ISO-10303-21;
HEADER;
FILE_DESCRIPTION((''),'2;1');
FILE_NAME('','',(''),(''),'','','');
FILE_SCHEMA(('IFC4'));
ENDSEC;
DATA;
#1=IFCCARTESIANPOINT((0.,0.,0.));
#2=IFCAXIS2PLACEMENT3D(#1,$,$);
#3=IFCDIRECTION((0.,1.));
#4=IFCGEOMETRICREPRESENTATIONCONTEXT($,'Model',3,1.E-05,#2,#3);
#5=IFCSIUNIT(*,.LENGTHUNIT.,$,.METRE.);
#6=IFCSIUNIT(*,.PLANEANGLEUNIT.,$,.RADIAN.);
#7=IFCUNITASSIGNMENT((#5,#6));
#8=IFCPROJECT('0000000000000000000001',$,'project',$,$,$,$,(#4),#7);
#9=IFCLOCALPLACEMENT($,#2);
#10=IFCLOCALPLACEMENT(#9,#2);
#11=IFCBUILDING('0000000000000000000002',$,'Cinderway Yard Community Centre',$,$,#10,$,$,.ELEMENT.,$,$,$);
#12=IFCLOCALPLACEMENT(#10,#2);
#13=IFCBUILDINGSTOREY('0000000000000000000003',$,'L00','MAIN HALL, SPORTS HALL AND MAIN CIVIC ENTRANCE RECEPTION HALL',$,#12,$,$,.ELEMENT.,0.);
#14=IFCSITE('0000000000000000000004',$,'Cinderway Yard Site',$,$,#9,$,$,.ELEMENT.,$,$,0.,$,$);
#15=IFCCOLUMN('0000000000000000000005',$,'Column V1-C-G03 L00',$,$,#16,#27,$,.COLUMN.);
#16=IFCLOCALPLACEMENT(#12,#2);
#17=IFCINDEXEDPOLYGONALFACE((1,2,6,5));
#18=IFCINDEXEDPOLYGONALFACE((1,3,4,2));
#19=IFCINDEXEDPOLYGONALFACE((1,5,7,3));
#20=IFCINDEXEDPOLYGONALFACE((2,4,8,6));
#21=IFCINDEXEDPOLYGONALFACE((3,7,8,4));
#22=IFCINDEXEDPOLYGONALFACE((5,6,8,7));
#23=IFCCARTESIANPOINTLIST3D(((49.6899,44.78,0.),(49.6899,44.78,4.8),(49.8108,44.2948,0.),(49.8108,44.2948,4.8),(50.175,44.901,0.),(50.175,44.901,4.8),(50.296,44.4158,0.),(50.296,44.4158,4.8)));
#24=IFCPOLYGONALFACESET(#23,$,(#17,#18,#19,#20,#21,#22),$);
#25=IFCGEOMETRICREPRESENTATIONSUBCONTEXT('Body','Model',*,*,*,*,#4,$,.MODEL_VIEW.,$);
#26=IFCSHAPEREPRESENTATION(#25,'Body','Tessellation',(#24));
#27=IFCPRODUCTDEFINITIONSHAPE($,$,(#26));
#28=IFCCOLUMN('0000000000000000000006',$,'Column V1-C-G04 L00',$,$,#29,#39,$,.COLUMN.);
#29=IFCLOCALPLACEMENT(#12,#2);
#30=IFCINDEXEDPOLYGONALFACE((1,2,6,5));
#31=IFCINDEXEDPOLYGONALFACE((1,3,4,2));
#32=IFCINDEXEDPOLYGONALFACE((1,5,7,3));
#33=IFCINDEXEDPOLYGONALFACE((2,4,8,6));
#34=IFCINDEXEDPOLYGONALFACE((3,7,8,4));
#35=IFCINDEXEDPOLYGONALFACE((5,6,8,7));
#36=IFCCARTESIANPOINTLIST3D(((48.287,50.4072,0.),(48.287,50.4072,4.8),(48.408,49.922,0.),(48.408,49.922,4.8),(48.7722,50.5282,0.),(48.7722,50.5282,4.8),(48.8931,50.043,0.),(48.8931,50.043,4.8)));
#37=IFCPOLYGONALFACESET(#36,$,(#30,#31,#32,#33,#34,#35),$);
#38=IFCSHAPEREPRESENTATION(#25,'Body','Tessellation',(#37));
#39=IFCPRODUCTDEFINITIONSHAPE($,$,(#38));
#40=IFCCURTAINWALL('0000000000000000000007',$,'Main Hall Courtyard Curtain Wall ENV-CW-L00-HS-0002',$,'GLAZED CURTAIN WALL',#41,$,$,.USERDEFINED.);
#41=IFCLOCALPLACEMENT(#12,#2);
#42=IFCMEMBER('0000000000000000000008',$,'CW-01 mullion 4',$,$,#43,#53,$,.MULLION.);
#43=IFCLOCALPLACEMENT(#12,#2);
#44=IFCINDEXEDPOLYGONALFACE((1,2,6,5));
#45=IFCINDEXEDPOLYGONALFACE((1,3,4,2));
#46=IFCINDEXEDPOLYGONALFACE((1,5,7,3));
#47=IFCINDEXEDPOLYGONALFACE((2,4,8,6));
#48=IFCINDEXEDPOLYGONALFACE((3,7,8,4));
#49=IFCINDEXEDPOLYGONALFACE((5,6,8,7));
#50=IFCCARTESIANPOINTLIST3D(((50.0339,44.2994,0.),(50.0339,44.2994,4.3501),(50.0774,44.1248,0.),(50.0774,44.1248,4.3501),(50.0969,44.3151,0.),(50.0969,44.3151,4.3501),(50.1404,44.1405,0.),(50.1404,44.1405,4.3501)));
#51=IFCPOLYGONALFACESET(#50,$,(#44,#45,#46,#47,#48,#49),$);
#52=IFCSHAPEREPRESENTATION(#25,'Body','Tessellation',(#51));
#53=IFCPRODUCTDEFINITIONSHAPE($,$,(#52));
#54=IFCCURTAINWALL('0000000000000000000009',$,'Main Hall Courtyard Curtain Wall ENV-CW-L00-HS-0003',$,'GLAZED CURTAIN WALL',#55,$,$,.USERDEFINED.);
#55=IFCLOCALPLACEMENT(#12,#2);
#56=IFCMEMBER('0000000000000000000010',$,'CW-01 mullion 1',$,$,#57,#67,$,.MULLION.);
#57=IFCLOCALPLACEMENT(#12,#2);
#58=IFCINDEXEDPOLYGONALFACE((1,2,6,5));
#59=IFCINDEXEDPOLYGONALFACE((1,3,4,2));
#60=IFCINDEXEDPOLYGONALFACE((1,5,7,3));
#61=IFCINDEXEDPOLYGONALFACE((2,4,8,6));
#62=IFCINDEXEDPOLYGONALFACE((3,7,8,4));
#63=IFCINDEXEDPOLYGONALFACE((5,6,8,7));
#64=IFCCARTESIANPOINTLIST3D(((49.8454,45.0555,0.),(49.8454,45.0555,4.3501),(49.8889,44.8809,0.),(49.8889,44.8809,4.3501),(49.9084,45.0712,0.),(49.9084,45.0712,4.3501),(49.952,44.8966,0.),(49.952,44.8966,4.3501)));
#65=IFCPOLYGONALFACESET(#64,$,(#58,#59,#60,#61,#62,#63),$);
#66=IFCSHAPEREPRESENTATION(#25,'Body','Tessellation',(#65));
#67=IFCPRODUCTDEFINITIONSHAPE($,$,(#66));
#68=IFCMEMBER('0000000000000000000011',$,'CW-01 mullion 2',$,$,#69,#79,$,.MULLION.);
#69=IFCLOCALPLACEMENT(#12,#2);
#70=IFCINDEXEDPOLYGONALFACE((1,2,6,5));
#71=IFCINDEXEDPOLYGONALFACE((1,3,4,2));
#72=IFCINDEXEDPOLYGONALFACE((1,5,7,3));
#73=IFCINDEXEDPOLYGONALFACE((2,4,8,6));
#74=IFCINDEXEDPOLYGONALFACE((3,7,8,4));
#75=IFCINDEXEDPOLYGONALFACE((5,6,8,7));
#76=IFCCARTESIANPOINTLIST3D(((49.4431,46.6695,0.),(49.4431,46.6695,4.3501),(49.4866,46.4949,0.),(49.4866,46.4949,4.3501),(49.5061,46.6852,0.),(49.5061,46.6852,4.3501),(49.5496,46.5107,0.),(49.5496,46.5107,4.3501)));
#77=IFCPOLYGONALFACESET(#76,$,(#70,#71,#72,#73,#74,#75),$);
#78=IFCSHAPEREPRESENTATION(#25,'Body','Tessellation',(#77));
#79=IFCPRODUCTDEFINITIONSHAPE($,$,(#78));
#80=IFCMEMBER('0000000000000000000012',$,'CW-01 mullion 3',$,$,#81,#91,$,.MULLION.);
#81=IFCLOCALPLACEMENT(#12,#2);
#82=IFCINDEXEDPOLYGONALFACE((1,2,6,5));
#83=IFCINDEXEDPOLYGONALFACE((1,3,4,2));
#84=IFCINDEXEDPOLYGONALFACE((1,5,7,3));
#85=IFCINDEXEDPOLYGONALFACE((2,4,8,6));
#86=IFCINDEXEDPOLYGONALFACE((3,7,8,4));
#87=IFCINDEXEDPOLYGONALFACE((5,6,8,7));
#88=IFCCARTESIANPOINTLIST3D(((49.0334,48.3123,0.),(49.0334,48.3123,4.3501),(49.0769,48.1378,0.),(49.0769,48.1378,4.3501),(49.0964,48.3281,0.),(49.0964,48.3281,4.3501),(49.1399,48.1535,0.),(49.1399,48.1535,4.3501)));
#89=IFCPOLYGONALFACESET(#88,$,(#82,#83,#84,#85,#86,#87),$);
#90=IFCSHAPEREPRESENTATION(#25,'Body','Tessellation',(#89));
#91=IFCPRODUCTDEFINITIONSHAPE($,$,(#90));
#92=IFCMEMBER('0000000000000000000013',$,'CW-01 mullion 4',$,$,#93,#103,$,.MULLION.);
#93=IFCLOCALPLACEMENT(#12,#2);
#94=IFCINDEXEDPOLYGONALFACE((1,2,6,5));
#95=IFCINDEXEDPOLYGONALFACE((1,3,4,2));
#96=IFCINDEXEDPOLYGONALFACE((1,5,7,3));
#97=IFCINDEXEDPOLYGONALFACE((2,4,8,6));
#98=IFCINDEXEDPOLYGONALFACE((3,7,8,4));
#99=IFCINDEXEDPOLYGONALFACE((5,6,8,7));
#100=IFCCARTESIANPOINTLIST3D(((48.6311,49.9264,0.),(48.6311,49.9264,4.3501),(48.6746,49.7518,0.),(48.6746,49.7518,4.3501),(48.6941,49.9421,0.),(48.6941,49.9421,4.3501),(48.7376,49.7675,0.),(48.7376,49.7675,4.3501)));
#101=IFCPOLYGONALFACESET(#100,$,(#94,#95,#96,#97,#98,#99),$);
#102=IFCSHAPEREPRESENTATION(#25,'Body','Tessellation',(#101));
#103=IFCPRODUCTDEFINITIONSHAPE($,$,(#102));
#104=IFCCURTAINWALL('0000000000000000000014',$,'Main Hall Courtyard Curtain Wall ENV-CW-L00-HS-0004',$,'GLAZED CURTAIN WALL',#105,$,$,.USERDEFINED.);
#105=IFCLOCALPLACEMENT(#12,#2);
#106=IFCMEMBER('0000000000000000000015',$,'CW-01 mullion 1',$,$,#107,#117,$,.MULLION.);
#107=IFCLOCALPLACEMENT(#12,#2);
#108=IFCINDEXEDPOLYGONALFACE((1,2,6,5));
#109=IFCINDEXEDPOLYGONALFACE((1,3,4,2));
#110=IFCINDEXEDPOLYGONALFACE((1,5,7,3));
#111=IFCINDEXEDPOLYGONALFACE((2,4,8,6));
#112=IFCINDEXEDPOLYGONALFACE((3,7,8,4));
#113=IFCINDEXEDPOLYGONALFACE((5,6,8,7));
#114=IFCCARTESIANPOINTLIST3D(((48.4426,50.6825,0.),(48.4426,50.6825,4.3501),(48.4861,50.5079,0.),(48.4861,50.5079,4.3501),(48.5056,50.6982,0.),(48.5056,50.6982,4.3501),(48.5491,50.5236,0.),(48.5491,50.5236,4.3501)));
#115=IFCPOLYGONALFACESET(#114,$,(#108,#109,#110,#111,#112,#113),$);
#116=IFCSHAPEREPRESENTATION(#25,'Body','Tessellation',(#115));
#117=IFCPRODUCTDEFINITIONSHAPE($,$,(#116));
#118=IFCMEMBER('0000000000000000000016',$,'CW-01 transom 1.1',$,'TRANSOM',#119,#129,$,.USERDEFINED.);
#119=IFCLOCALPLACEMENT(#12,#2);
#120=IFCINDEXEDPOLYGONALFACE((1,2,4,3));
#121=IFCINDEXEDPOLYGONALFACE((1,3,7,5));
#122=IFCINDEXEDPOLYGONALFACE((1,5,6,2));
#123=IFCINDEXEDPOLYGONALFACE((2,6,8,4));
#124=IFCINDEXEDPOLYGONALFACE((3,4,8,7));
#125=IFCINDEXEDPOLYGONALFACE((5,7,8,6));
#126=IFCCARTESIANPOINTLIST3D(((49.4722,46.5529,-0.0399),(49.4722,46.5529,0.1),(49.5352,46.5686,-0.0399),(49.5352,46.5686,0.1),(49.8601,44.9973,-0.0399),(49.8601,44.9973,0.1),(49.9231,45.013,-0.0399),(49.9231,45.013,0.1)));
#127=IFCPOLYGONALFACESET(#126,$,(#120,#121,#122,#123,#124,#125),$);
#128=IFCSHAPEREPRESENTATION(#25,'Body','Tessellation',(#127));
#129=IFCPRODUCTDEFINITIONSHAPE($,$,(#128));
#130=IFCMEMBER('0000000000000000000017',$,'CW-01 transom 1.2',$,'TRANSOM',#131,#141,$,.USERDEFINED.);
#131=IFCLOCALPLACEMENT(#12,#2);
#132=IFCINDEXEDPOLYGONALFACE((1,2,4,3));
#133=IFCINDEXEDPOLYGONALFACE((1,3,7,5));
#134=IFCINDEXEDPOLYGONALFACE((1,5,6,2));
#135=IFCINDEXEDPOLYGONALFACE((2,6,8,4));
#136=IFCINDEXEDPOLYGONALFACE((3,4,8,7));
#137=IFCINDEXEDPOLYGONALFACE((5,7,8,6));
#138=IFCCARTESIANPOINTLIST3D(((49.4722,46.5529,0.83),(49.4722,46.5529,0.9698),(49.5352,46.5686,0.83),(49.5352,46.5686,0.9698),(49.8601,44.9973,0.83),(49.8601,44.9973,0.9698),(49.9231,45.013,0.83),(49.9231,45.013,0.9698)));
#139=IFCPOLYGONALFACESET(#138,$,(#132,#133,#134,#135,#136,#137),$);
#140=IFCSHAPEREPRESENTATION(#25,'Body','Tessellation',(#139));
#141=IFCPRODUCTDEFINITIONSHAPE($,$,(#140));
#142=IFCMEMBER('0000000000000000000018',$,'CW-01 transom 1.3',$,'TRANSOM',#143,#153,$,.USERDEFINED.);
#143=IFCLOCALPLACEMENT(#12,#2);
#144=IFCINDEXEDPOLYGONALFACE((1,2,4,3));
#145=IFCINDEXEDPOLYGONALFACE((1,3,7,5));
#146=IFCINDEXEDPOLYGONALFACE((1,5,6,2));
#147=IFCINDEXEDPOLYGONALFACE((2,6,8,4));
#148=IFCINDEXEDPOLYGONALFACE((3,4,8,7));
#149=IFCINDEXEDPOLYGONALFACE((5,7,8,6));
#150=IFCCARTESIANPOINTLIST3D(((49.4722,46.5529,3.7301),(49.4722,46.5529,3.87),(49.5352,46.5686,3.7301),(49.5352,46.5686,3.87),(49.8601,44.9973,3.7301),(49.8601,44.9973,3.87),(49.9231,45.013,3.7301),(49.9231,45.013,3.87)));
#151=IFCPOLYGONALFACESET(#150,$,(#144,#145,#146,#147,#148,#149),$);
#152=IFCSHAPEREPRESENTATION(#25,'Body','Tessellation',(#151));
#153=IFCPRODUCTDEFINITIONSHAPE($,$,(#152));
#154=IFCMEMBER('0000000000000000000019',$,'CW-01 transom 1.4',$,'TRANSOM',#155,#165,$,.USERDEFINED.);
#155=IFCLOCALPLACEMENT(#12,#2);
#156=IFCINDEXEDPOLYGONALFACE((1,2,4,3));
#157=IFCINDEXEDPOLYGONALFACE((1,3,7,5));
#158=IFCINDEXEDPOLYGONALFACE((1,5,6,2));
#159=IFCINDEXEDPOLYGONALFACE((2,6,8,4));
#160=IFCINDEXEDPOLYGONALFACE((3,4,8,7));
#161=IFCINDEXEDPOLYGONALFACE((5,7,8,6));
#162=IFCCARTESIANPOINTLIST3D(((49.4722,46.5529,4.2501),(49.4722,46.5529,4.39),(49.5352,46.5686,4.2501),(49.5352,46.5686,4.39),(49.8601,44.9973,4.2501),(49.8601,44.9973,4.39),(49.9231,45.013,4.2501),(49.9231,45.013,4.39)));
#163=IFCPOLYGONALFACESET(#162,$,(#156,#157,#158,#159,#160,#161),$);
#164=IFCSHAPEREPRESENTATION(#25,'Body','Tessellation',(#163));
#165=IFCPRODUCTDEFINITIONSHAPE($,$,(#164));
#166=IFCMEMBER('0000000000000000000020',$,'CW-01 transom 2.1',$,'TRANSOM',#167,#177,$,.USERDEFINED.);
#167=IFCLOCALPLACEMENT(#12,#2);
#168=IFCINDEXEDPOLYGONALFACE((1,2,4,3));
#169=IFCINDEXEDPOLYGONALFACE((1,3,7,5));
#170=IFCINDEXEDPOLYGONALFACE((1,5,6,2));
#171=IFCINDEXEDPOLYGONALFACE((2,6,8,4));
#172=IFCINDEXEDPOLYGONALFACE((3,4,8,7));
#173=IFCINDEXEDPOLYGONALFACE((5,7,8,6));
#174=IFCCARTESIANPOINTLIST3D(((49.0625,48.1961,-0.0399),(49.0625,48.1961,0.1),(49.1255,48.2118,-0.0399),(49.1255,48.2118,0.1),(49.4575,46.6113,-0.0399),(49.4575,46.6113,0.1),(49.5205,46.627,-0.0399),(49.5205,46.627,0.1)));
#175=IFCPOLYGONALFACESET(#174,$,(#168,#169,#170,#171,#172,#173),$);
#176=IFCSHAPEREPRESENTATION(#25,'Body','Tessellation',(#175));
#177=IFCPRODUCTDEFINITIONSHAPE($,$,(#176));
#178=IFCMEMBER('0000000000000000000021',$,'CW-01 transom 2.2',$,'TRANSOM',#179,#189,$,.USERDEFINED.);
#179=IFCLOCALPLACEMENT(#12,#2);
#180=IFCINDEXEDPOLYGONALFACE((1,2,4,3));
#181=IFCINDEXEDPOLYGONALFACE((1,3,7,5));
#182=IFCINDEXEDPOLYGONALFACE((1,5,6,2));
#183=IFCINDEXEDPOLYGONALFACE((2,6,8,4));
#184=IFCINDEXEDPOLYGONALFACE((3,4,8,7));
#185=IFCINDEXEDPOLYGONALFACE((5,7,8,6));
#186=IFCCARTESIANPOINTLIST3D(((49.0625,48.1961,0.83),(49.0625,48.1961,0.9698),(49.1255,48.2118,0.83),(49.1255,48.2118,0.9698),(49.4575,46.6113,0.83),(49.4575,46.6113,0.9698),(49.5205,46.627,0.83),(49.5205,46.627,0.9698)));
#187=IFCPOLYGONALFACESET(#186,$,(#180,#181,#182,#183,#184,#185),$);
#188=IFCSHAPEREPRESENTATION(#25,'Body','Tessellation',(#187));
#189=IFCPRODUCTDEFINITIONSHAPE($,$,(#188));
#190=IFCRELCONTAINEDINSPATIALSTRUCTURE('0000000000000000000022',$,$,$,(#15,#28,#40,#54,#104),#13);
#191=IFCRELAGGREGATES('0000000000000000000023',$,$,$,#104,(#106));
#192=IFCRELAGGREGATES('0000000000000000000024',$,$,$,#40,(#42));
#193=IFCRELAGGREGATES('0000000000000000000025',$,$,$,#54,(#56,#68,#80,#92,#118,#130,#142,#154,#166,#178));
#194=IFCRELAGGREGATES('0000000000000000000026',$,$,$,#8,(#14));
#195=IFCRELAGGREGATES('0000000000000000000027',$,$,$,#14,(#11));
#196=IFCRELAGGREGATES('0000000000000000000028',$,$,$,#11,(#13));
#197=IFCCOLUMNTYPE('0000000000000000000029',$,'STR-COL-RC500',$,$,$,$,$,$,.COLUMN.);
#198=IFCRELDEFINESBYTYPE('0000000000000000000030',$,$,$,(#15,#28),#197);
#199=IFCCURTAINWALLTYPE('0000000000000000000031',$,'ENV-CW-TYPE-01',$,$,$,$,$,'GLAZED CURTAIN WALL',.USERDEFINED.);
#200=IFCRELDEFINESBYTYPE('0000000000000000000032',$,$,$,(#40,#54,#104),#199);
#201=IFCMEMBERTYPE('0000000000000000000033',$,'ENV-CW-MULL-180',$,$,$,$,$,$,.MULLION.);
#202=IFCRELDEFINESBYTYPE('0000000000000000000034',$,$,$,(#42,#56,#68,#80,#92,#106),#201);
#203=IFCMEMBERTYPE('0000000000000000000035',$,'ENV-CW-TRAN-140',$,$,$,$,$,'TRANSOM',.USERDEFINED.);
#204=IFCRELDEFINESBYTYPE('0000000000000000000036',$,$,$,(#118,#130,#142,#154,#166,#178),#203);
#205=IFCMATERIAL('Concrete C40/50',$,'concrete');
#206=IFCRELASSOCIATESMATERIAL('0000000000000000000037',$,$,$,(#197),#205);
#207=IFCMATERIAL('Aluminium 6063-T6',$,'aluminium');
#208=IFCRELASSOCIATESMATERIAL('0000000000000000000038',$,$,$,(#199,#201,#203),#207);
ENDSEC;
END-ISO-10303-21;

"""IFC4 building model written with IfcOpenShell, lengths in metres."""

from ifc_helpers import new_model, si_unit, direction, frame, origin, origin_2d, place, context, subcontext, project, spatial, rectangle, extrude, material, material_profile, profile_set, type_object, element, aggregate, save


model = new_model("IFC4")

# Units and contexts
model_context = context("Model", 3, precision=1e-05, world=origin(), true_north=direction((0.0, 1.0)))
body_context = subcontext(model_context, "Body", "Model", "MODEL_VIEW")
ifc_project = project(units=[si_unit("LENGTHUNIT", "METRE"), si_unit("PLANEANGLEUNIT", "RADIAN")], contexts=[model_context])

# Site, building, storey
site_placement = place(None, origin())
site = spatial("IfcSite", under=ifc_project, at=site_placement, Name="Cinderway Yard Site", CompositionType="ELEMENT", RefElevation=0.0)
building_placement = place(site_placement, origin())
building = spatial("IfcBuilding", under=site, at=building_placement, Name="Cinderway Yard Community Centre", CompositionType="ELEMENT")
storey_placement = place(building_placement, origin())
storey = spatial("IfcBuildingStorey", under=building, at=storey_placement, Name="L00", Description="MAIN HALL, SPORTS HALL AND MAIN CIVIC ENTRANCE RECEPTION HALL", CompositionType="ELEMENT", Elevation=0.0)

# Columns
ifc_material_1 = material(Name="Concrete C40/50", Category="concrete")
ifc_material_profile_1 = material_profile(ifc_material_1, rectangle(XDim=0.5, YDim=0.5, at=origin_2d()), Name="Concrete C40/50")
ifc_profile_set_1 = profile_set([ifc_material_profile_1], Name="Concrete C40/50")
column_type = type_object("IfcColumnType", Name="STR-COL-RC500", PredefinedType="COLUMN", material=ifc_profile_set_1)
for number, where, z_axis, x_axis, name in (
    (1, (49.9929, 44.5979, 0.0), (0.0, 0.0, 1.0), (0.970296, 0.241922, 0.0), "Column V1-C-G03 L00"),
    (2, (48.5901, 50.2251, 0.0), (0.0, 0.0, 1.0), (0.970296, 0.241922, 0.0), "Column V1-C-G04 L00"),
):
    element("IfcColumn", number, at=place(storey_placement, frame(where, z_axis=z_axis, x_axis=x_axis)), inside=storey, type_object=column_type, Name=name, PredefinedType="COLUMN", context=body_context, shape_type="SweptSolid", body=[
        extrude(rectangle(XDim=0.5, YDim=0.5, at=origin_2d()), origin(), (0.0, 0.0, 1.0), 4.8),
    ])

# Curtain wall, member
ifc_material_2 = material(Name="Aluminium 6063-T6", Category="aluminium")
curtain_wall_type = type_object("IfcCurtainWallType", Name="ENV-CW-TYPE-01", ElementType="GLAZED CURTAIN WALL", PredefinedType="USERDEFINED", material=ifc_material_2)
curtain_wall_1_placement = place(storey_placement, origin())
curtain_wall_1 = element("IfcCurtainWall", 3, at=curtain_wall_1_placement, inside=storey, type_object=curtain_wall_type, Name="Main Hall Courtyard Curtain Wall ENV-CW-L00-HS-0002", ObjectType="GLAZED CURTAIN WALL", PredefinedType="USERDEFINED")
ifc_material_profile_2 = material_profile(ifc_material_2, rectangle(XDim=0.0649, YDim=0.1799, at=origin_2d()), Name="Aluminium 6063-T6")
ifc_profile_set_2 = profile_set([ifc_material_profile_2], Name="Aluminium 6063-T6")
member_type_1 = type_object("IfcMemberType", Name="ENV-CW-MULL-180", PredefinedType="MULLION", material=ifc_profile_set_2)
member_1_placement = place(storey_placement, frame((50.0872, 44.22, 0.0), z_axis=(0.0, 0.0, 1.0), x_axis=(-0.970304, -0.241887, 0.0)))
member_1 = element("IfcMember", 4, at=member_1_placement, type_object=member_type_1, Name="CW-01 mullion 4", PredefinedType="MULLION", context=body_context, shape_type="SweptSolid", body=[
    extrude(rectangle(XDim=0.0649, YDim=0.1799, at=origin_2d()), origin(), (0.0, 0.0, 1.0), 4.3501),
])

# Curtain wall, members
curtain_wall_2_placement = place(storey_placement, origin())
curtain_wall_2 = element("IfcCurtainWall", 5, at=curtain_wall_2_placement, inside=storey, type_object=curtain_wall_type, Name="Main Hall Courtyard Curtain Wall ENV-CW-L00-HS-0003", ObjectType="GLAZED CURTAIN WALL", PredefinedType="USERDEFINED")
member_2_placement = place(storey_placement, frame((49.8987, 44.9761, 0.0), z_axis=(0.0, 0.0, 1.0), x_axis=(-0.970293, -0.241933, 0.0)))
member_2 = element("IfcMember", 6, at=member_2_placement, type_object=member_type_1, Name="CW-01 mullion 1", PredefinedType="MULLION", context=body_context, shape_type="SweptSolid", body=[
    extrude(rectangle(XDim=0.0649, YDim=0.1799, at=origin_2d()), origin(), (0.0, 0.0, 1.0), 4.3501),
])
member_3_placement = place(storey_placement, frame((49.4963, 46.5901, 0.0), z_axis=(0.0, 0.0, 1.0), x_axis=(-0.970293, -0.241933, 0.0)))
member_3 = element("IfcMember", 7, at=member_3_placement, type_object=member_type_1, Name="CW-01 mullion 2", PredefinedType="MULLION", context=body_context, shape_type="SweptSolid", body=[
    extrude(rectangle(XDim=0.0649, YDim=0.1799, at=origin_2d()), origin(), (0.0, 0.0, 1.0), 4.3501),
])
member_4_placement = place(storey_placement, frame((49.0867, 48.2329, 0.0), z_axis=(0.0, 0.0, 1.0), x_axis=(-0.970293, -0.241933, 0.0)))
member_4 = element("IfcMember", 8, at=member_4_placement, type_object=member_type_1, Name="CW-01 mullion 3", PredefinedType="MULLION", context=body_context, shape_type="SweptSolid", body=[
    extrude(rectangle(XDim=0.0649, YDim=0.1799, at=origin_2d()), origin(), (0.0, 0.0, 1.0), 4.3501),
])
member_5_placement = place(storey_placement, frame((48.6843, 49.8469, 0.0), z_axis=(0.0, 0.0, 1.0), x_axis=(-0.970293, -0.241933, 0.0)))
member_5 = element("IfcMember", 9, at=member_5_placement, type_object=member_type_1, Name="CW-01 mullion 4", PredefinedType="MULLION", context=body_context, shape_type="SweptSolid", body=[
    extrude(rectangle(XDim=0.0649, YDim=0.1799, at=origin_2d()), origin(), (0.0, 0.0, 1.0), 4.3501),
])

# Curtain wall, member
curtain_wall_3_placement = place(storey_placement, origin())
curtain_wall_3 = element("IfcCurtainWall", 10, at=curtain_wall_3_placement, inside=storey, type_object=curtain_wall_type, Name="Main Hall Courtyard Curtain Wall ENV-CW-L00-HS-0004", ObjectType="GLAZED CURTAIN WALL", PredefinedType="USERDEFINED")
member_6_placement = place(storey_placement, frame((48.4958, 50.603, 0.0), z_axis=(0.0, 0.0, 1.0), x_axis=(-0.970304, -0.241887, 0.0)))
member_6 = element("IfcMember", 11, at=member_6_placement, type_object=member_type_1, Name="CW-01 mullion 1", PredefinedType="MULLION", context=body_context, shape_type="SweptSolid", body=[
    extrude(rectangle(XDim=0.0649, YDim=0.1799, at=origin_2d()), origin(), (0.0, 0.0, 1.0), 4.3501),
])

# Members
ifc_material_profile_3 = material_profile(ifc_material_2, rectangle(XDim=0.0649, YDim=0.1399, at=origin_2d()), Name="Aluminium 6063-T6")
ifc_profile_set_3 = profile_set([ifc_material_profile_3], Name="Aluminium 6063-T6")
member_type_2 = type_object("IfcMemberType", Name="ENV-CW-TRAN-140", ElementType="TRANSOM", PredefinedType="USERDEFINED", material=ifc_profile_set_3)
member_7_placement = place(storey_placement, frame((49.8916, 45.0051, 0.03), z_axis=(-0.241962, 0.970286, 0.0), x_axis=(-0.970286, -0.241962, 0.0)))
member_7 = element("IfcMember", 12, at=member_7_placement, type_object=member_type_2, Name="CW-01 transom 1.1", ObjectType="TRANSOM", PredefinedType="USERDEFINED", context=body_context, shape_type="SweptSolid", body=[
    extrude(rectangle(XDim=0.0649, YDim=0.1399, at=origin_2d()), origin(), (0.0, 0.0, 1.0), 1.6033),
])
member_8_placement = place(storey_placement, frame((49.8916, 45.0051, 0.8999), z_axis=(-0.241962, 0.970286, 0.0), x_axis=(-0.970286, -0.241962, 0.0)))
member_8 = element("IfcMember", 13, at=member_8_placement, type_object=member_type_2, Name="CW-01 transom 1.2", ObjectType="TRANSOM", PredefinedType="USERDEFINED", context=body_context, shape_type="SweptSolid", body=[
    extrude(rectangle(XDim=0.0649, YDim=0.1399, at=origin_2d()), origin(), (0.0, 0.0, 1.0), 1.6033),
])
member_9_placement = place(storey_placement, frame((49.8916, 45.0051, 3.8), z_axis=(-0.241962, 0.970286, 0.0), x_axis=(-0.970286, -0.241962, 0.0)))
member_9 = element("IfcMember", 14, at=member_9_placement, type_object=member_type_2, Name="CW-01 transom 1.3", ObjectType="TRANSOM", PredefinedType="USERDEFINED", context=body_context, shape_type="SweptSolid", body=[
    extrude(rectangle(XDim=0.0649, YDim=0.1399, at=origin_2d()), origin(), (0.0, 0.0, 1.0), 1.6033),
])
member_10_placement = place(storey_placement, frame((49.8916, 45.0051, 4.3201), z_axis=(-0.241962, 0.970286, 0.0), x_axis=(-0.970286, -0.241962, 0.0)))
member_10 = element("IfcMember", 15, at=member_10_placement, type_object=member_type_2, Name="CW-01 transom 1.4", ObjectType="TRANSOM", PredefinedType="USERDEFINED", context=body_context, shape_type="SweptSolid", body=[
    extrude(rectangle(XDim=0.0649, YDim=0.1399, at=origin_2d()), origin(), (0.0, 0.0, 1.0), 1.6033),
])
member_11_placement = place(storey_placement, frame((49.489, 46.6191, 0.03), z_axis=(-0.241867, 0.970309, 0.0), x_axis=(-0.970309, -0.241867, 0.0)))
member_11 = element("IfcMember", 16, at=member_11_placement, type_object=member_type_2, Name="CW-01 transom 2.1", ObjectType="TRANSOM", PredefinedType="USERDEFINED", context=body_context, shape_type="SweptSolid", body=[
    extrude(rectangle(XDim=0.0649, YDim=0.1399, at=origin_2d()), origin(), (0.0, 0.0, 1.0), 1.6333),
])
member_12_placement = place(storey_placement, frame((49.489, 46.6191, 0.8999), z_axis=(-0.241867, 0.970309, 0.0), x_axis=(-0.970309, -0.241867, 0.0)))
member_12 = element("IfcMember", 17, at=member_12_placement, type_object=member_type_2, Name="CW-01 transom 2.2", ObjectType="TRANSOM", PredefinedType="USERDEFINED", context=body_context, shape_type="SweptSolid", body=[
    extrude(rectangle(XDim=0.0649, YDim=0.1399, at=origin_2d()), origin(), (0.0, 0.0, 1.0), 1.6333),
])
aggregate(curtain_wall_3, [member_6])

aggregate(curtain_wall_1, [member_1])
aggregate(curtain_wall_2, [member_2, member_3, member_4, member_5, member_7, member_8, member_9, member_10, member_11, member_12])

save(model, "model.ifc")
